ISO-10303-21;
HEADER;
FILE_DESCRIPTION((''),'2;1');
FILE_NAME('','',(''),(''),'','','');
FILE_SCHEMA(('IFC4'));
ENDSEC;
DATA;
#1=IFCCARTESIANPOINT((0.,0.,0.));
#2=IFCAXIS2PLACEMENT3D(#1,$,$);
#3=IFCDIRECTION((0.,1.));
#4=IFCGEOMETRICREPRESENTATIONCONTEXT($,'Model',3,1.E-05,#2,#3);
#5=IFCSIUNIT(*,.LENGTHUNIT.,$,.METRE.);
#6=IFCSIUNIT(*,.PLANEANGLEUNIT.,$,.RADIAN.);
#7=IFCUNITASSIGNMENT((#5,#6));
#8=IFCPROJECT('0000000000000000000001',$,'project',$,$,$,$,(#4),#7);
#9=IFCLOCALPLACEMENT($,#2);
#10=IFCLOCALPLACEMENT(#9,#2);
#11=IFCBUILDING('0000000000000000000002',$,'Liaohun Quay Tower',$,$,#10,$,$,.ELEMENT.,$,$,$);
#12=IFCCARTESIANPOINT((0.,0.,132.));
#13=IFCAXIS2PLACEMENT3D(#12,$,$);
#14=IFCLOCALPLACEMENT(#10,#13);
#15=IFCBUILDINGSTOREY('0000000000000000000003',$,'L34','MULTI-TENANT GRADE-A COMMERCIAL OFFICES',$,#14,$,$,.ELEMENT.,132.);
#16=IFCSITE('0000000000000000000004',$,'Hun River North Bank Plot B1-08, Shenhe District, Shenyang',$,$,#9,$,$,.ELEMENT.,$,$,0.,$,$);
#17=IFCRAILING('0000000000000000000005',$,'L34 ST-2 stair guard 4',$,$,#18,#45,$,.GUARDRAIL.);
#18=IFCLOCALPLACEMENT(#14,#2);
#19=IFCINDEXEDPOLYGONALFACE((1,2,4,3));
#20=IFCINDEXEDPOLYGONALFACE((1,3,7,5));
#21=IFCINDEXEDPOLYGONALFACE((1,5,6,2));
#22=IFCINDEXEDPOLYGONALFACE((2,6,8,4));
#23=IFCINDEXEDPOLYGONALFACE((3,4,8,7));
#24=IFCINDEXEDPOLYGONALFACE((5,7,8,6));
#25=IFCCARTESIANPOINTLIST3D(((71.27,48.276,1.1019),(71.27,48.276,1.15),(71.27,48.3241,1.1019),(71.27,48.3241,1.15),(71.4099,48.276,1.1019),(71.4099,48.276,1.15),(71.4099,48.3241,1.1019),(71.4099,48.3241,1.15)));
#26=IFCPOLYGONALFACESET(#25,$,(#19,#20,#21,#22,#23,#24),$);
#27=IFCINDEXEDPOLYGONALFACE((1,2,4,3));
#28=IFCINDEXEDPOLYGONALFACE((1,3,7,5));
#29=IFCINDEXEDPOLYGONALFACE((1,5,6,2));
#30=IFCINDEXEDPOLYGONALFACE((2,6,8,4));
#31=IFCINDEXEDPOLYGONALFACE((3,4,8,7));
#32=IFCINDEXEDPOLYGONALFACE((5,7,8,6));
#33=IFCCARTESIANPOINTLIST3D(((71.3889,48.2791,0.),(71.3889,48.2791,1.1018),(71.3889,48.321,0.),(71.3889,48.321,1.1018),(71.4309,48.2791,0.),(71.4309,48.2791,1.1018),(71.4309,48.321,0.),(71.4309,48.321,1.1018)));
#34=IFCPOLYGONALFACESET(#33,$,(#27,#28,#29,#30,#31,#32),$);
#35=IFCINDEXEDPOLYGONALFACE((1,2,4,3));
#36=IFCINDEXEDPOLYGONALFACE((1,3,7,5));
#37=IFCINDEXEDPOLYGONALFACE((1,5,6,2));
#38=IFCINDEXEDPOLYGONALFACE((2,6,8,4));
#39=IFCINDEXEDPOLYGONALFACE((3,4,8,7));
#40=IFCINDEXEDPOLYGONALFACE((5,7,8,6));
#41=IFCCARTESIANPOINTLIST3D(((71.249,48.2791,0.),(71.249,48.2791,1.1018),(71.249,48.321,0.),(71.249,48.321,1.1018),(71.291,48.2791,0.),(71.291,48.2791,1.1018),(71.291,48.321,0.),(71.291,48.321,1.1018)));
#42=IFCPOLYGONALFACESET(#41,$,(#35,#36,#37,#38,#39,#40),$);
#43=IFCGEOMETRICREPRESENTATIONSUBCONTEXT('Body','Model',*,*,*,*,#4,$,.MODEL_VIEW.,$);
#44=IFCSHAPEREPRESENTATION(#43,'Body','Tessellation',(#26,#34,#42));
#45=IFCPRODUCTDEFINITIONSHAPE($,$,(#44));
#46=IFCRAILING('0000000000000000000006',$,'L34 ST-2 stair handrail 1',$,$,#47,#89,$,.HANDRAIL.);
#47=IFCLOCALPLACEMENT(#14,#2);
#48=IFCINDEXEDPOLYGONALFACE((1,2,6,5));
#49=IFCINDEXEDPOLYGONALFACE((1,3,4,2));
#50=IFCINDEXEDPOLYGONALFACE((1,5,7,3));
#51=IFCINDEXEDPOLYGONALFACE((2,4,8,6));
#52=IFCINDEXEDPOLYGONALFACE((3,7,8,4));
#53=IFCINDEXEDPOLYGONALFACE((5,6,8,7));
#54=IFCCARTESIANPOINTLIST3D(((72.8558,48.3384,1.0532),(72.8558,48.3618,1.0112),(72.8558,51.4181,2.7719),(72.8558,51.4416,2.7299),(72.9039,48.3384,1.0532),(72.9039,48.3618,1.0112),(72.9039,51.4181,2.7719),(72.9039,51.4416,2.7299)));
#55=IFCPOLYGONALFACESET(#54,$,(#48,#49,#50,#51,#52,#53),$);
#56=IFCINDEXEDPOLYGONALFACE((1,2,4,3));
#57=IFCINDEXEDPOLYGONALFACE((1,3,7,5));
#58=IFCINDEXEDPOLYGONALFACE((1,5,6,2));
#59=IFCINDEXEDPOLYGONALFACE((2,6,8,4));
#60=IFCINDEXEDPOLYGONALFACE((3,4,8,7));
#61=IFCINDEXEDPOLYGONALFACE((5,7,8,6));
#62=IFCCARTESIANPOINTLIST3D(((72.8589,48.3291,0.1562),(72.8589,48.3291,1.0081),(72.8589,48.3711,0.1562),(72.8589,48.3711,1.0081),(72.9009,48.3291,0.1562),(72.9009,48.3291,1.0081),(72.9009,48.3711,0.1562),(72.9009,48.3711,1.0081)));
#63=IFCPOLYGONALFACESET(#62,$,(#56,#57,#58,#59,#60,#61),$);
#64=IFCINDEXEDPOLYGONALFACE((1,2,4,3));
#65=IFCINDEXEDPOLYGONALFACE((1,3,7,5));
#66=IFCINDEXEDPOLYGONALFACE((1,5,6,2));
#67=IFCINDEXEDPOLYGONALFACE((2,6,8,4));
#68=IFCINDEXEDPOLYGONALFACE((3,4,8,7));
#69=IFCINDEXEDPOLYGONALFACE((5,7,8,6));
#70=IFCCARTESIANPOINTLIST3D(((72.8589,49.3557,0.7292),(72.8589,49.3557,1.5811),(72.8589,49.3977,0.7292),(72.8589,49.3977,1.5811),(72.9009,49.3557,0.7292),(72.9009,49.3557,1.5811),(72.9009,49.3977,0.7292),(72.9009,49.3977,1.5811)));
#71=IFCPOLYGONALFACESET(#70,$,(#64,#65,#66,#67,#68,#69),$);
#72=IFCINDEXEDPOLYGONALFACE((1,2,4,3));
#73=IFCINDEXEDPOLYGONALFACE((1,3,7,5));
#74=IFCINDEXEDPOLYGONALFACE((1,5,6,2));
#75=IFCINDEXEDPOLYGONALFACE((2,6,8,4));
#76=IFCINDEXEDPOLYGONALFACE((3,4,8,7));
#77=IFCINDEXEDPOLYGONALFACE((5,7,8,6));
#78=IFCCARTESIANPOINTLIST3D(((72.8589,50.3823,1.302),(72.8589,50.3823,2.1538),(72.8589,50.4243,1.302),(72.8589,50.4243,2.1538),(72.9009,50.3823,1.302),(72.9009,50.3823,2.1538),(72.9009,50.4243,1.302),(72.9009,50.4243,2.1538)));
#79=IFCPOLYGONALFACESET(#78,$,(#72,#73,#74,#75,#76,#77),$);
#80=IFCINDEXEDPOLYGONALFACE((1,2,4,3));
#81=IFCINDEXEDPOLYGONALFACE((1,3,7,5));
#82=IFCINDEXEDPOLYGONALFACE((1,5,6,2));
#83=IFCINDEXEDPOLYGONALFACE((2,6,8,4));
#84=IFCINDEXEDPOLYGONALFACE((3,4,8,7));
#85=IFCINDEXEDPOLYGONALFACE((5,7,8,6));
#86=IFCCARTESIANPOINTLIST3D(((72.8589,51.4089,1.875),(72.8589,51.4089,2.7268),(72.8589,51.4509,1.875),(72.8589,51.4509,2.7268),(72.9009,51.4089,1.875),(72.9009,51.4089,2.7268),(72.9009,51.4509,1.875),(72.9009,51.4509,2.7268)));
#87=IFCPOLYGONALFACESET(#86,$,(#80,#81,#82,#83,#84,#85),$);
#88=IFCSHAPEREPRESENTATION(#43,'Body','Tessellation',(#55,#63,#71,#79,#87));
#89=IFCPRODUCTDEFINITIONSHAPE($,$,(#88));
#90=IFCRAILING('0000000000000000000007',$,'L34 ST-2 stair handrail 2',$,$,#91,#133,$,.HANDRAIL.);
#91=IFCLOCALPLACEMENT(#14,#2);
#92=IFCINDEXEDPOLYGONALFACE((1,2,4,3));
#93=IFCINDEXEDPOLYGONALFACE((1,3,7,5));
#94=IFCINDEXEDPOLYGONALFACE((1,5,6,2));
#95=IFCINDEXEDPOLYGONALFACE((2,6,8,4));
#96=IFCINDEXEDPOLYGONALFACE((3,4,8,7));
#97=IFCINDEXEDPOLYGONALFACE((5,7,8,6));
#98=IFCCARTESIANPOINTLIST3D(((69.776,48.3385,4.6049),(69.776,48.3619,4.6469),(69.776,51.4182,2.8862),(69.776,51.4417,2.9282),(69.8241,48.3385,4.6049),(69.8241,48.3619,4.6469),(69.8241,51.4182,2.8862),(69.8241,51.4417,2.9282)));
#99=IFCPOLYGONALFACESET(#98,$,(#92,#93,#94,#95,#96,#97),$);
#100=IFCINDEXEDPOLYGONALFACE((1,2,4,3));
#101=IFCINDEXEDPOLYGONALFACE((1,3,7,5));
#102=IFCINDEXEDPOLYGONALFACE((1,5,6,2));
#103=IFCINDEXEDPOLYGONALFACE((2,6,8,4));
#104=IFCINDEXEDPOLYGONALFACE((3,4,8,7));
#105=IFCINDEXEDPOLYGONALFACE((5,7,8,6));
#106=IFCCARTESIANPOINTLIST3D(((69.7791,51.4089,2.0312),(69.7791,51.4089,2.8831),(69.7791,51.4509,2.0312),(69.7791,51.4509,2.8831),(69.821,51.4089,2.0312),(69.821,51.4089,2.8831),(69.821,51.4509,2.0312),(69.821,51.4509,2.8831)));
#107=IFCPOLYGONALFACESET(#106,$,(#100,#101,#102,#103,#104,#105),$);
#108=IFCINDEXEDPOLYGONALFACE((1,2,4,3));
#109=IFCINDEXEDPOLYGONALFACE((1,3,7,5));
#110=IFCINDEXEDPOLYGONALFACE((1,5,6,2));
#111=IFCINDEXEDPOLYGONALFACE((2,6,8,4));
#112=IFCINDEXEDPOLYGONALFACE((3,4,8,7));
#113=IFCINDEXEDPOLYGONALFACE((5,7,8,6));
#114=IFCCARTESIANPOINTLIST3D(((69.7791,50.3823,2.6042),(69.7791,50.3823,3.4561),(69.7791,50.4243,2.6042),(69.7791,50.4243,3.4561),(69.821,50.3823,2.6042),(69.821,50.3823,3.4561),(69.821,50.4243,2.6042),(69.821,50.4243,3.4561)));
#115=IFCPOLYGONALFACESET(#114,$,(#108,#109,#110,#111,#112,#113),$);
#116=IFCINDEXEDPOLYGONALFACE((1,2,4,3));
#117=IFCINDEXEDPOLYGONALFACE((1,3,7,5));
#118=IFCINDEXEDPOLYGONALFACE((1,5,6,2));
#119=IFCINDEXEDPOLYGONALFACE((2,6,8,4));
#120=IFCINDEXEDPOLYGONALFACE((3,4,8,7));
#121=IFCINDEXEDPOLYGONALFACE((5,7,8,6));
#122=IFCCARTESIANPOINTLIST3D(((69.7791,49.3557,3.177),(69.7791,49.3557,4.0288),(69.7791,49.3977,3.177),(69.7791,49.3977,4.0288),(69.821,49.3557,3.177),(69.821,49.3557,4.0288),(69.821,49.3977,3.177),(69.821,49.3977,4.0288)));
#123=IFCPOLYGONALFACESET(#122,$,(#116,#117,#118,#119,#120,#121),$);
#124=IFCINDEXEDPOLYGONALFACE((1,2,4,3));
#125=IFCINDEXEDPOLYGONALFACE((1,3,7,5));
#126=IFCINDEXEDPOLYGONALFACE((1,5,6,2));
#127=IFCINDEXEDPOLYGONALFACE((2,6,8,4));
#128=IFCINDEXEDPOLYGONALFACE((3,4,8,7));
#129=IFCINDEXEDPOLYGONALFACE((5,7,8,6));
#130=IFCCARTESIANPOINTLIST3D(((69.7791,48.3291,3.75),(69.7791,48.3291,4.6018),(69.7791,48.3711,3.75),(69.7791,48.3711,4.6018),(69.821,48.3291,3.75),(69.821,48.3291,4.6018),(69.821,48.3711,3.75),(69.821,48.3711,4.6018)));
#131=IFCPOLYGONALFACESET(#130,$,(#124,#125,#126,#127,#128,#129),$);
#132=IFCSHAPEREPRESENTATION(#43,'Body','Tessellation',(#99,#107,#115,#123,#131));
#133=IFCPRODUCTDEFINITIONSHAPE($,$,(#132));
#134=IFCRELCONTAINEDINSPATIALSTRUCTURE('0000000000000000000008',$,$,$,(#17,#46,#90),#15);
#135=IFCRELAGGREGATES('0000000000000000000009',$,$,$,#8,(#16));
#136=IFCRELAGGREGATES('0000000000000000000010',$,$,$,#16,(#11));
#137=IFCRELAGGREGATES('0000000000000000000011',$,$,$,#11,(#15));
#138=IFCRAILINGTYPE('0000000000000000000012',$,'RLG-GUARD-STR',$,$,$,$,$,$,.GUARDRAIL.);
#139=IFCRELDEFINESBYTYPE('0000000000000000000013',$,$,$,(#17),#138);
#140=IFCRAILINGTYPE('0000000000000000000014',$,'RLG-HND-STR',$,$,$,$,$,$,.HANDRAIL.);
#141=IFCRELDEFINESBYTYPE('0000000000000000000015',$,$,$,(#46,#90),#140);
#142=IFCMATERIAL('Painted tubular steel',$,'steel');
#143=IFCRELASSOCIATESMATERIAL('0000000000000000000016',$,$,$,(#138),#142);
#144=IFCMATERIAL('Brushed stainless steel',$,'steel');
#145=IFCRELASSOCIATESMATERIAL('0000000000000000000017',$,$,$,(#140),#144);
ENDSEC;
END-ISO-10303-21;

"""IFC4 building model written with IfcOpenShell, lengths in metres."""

from ifc_helpers import new_model, si_unit, direction, frame, origin, origin_2d, place, context, subcontext, project, spatial, rectangle, extrude, material, type_object, element, save


model = new_model("IFC4")

# Units and contexts
model_context = context("Model", 3, precision=1e-05, world=origin(), true_north=direction((0.0, 1.0)))
body_context = subcontext(model_context, "Body", "Model", "MODEL_VIEW")
ifc_project = project(units=[si_unit("LENGTHUNIT", "METRE"), si_unit("PLANEANGLEUNIT", "RADIAN")], contexts=[model_context])

# Site, building, storey
site_placement = place(None, origin())
site = spatial("IfcSite", under=ifc_project, at=site_placement, Name="Hun River North Bank Plot B1-08, Shenhe District, Shenyang", CompositionType="ELEMENT", RefElevation=0.0)
building_placement = place(site_placement, origin())
building = spatial("IfcBuilding", under=site, at=building_placement, Name="Liaohun Quay Tower", CompositionType="ELEMENT")
storey_placement = place(building_placement, frame((0.0, 0.0, 132.0)))
storey = spatial("IfcBuildingStorey", under=building, at=storey_placement, Name="L34", Description="MULTI-TENANT GRADE-A COMMERCIAL OFFICES", CompositionType="ELEMENT", Elevation=132.0)

# Railings
ifc_material_1 = material(Name="Painted tubular steel", Category="steel")
railing_type_1 = type_object("IfcRailingType", Name="RLG-GUARD-STR", PredefinedType="GUARDRAIL", material=ifc_material_1)
railing_1_placement = place(storey_placement, frame((71.4099, 48.3, 0.0)))
element("IfcRailing", 1, at=railing_1_placement, inside=storey, type_object=railing_type_1, Name="L34 ST-2 stair guard 4", PredefinedType="GUARDRAIL", context=body_context, shape_type="SweptSolid", body=[
    extrude(rectangle(XDim=0.0481, YDim=0.0481, at=origin_2d()), frame((0.0, 0.0, 1.126), z_axis=(-1.0, 0.0, 0.0), x_axis=(0.0, -1.0, 0.0)), (0.0, 0.0, 1.0), 0.1399),
    extrude(rectangle(XDim=0.042, YDim=0.042, at=origin_2d()), origin(), (0.0, 0.0, 1.0), 1.1018),
    extrude(rectangle(XDim=0.042, YDim=0.042, at=origin_2d()), frame((-0.1399, 0.0, 0.0)), (0.0, 0.0, 1.0), 1.1018),
])
ifc_material_2 = material(Name="Brushed stainless steel", Category="steel")
railing_type_2 = type_object("IfcRailingType", Name="RLG-HND-STR", PredefinedType="HANDRAIL", material=ifc_material_2)
railing_2_placement = place(storey_placement, frame((72.8799, 48.3501, 0.1562)))
element("IfcRailing", 2, at=railing_2_placement, inside=storey, type_object=railing_type_2, Name="L34 ST-2 stair handrail 1", PredefinedType="HANDRAIL", context=body_context, shape_type="SweptSolid", body=[
    extrude(rectangle(XDim=0.0481, YDim=0.0481, at=origin_2d()), frame((0.0, 0.0, 0.876), z_axis=(0.0, 0.873225, 0.487317), x_axis=(-1.0, 0.0, 0.0)), (0.0, 0.0, 1.0), 3.5269),
    extrude(rectangle(XDim=0.042, YDim=0.042, at=origin_2d()), origin(), (0.0, 0.0, 1.0), 0.8518),
    extrude(rectangle(XDim=0.042, YDim=0.042, at=origin_2d()), frame((0.0, 1.0266, 0.573)), (0.0, 0.0, 1.0), 0.8518),
    extrude(rectangle(XDim=0.042, YDim=0.042, at=origin_2d()), frame((0.0, 2.0532, 1.1458)), (0.0, 0.0, 1.0), 0.8518),
    extrude(rectangle(XDim=0.042, YDim=0.042, at=origin_2d()), frame((0.0, 3.0798, 1.7188)), (0.0, 0.0, 1.0), 0.8518),
])
railing_3_placement = place(storey_placement, frame((69.8, 51.4299, 2.0312)))
element("IfcRailing", 3, at=railing_3_placement, inside=storey, type_object=railing_type_2, Name="L34 ST-2 stair handrail 2", PredefinedType="HANDRAIL", context=body_context, shape_type="SweptSolid", body=[
    extrude(rectangle(XDim=0.0481, YDim=0.0481, at=origin_2d()), frame((0.0, 0.0, 0.876), z_axis=(0.0, -0.873225, 0.487317), x_axis=(1.0, 0.0, 0.0)), (0.0, 0.0, 1.0), 3.5269),
    extrude(rectangle(XDim=0.042, YDim=0.042, at=origin_2d()), origin(), (0.0, 0.0, 1.0), 0.8518),
    extrude(rectangle(XDim=0.042, YDim=0.042, at=origin_2d()), frame((0.0, -1.0266, 0.573)), (0.0, 0.0, 1.0), 0.8518),
    extrude(rectangle(XDim=0.042, YDim=0.042, at=origin_2d()), frame((0.0, -2.0532, 1.1458)), (0.0, 0.0, 1.0), 0.8518),
    extrude(rectangle(XDim=0.042, YDim=0.042, at=origin_2d()), frame((0.0, -3.0798, 1.7188)), (0.0, 0.0, 1.0), 0.8518),
])

save(model, "model.ifc")
